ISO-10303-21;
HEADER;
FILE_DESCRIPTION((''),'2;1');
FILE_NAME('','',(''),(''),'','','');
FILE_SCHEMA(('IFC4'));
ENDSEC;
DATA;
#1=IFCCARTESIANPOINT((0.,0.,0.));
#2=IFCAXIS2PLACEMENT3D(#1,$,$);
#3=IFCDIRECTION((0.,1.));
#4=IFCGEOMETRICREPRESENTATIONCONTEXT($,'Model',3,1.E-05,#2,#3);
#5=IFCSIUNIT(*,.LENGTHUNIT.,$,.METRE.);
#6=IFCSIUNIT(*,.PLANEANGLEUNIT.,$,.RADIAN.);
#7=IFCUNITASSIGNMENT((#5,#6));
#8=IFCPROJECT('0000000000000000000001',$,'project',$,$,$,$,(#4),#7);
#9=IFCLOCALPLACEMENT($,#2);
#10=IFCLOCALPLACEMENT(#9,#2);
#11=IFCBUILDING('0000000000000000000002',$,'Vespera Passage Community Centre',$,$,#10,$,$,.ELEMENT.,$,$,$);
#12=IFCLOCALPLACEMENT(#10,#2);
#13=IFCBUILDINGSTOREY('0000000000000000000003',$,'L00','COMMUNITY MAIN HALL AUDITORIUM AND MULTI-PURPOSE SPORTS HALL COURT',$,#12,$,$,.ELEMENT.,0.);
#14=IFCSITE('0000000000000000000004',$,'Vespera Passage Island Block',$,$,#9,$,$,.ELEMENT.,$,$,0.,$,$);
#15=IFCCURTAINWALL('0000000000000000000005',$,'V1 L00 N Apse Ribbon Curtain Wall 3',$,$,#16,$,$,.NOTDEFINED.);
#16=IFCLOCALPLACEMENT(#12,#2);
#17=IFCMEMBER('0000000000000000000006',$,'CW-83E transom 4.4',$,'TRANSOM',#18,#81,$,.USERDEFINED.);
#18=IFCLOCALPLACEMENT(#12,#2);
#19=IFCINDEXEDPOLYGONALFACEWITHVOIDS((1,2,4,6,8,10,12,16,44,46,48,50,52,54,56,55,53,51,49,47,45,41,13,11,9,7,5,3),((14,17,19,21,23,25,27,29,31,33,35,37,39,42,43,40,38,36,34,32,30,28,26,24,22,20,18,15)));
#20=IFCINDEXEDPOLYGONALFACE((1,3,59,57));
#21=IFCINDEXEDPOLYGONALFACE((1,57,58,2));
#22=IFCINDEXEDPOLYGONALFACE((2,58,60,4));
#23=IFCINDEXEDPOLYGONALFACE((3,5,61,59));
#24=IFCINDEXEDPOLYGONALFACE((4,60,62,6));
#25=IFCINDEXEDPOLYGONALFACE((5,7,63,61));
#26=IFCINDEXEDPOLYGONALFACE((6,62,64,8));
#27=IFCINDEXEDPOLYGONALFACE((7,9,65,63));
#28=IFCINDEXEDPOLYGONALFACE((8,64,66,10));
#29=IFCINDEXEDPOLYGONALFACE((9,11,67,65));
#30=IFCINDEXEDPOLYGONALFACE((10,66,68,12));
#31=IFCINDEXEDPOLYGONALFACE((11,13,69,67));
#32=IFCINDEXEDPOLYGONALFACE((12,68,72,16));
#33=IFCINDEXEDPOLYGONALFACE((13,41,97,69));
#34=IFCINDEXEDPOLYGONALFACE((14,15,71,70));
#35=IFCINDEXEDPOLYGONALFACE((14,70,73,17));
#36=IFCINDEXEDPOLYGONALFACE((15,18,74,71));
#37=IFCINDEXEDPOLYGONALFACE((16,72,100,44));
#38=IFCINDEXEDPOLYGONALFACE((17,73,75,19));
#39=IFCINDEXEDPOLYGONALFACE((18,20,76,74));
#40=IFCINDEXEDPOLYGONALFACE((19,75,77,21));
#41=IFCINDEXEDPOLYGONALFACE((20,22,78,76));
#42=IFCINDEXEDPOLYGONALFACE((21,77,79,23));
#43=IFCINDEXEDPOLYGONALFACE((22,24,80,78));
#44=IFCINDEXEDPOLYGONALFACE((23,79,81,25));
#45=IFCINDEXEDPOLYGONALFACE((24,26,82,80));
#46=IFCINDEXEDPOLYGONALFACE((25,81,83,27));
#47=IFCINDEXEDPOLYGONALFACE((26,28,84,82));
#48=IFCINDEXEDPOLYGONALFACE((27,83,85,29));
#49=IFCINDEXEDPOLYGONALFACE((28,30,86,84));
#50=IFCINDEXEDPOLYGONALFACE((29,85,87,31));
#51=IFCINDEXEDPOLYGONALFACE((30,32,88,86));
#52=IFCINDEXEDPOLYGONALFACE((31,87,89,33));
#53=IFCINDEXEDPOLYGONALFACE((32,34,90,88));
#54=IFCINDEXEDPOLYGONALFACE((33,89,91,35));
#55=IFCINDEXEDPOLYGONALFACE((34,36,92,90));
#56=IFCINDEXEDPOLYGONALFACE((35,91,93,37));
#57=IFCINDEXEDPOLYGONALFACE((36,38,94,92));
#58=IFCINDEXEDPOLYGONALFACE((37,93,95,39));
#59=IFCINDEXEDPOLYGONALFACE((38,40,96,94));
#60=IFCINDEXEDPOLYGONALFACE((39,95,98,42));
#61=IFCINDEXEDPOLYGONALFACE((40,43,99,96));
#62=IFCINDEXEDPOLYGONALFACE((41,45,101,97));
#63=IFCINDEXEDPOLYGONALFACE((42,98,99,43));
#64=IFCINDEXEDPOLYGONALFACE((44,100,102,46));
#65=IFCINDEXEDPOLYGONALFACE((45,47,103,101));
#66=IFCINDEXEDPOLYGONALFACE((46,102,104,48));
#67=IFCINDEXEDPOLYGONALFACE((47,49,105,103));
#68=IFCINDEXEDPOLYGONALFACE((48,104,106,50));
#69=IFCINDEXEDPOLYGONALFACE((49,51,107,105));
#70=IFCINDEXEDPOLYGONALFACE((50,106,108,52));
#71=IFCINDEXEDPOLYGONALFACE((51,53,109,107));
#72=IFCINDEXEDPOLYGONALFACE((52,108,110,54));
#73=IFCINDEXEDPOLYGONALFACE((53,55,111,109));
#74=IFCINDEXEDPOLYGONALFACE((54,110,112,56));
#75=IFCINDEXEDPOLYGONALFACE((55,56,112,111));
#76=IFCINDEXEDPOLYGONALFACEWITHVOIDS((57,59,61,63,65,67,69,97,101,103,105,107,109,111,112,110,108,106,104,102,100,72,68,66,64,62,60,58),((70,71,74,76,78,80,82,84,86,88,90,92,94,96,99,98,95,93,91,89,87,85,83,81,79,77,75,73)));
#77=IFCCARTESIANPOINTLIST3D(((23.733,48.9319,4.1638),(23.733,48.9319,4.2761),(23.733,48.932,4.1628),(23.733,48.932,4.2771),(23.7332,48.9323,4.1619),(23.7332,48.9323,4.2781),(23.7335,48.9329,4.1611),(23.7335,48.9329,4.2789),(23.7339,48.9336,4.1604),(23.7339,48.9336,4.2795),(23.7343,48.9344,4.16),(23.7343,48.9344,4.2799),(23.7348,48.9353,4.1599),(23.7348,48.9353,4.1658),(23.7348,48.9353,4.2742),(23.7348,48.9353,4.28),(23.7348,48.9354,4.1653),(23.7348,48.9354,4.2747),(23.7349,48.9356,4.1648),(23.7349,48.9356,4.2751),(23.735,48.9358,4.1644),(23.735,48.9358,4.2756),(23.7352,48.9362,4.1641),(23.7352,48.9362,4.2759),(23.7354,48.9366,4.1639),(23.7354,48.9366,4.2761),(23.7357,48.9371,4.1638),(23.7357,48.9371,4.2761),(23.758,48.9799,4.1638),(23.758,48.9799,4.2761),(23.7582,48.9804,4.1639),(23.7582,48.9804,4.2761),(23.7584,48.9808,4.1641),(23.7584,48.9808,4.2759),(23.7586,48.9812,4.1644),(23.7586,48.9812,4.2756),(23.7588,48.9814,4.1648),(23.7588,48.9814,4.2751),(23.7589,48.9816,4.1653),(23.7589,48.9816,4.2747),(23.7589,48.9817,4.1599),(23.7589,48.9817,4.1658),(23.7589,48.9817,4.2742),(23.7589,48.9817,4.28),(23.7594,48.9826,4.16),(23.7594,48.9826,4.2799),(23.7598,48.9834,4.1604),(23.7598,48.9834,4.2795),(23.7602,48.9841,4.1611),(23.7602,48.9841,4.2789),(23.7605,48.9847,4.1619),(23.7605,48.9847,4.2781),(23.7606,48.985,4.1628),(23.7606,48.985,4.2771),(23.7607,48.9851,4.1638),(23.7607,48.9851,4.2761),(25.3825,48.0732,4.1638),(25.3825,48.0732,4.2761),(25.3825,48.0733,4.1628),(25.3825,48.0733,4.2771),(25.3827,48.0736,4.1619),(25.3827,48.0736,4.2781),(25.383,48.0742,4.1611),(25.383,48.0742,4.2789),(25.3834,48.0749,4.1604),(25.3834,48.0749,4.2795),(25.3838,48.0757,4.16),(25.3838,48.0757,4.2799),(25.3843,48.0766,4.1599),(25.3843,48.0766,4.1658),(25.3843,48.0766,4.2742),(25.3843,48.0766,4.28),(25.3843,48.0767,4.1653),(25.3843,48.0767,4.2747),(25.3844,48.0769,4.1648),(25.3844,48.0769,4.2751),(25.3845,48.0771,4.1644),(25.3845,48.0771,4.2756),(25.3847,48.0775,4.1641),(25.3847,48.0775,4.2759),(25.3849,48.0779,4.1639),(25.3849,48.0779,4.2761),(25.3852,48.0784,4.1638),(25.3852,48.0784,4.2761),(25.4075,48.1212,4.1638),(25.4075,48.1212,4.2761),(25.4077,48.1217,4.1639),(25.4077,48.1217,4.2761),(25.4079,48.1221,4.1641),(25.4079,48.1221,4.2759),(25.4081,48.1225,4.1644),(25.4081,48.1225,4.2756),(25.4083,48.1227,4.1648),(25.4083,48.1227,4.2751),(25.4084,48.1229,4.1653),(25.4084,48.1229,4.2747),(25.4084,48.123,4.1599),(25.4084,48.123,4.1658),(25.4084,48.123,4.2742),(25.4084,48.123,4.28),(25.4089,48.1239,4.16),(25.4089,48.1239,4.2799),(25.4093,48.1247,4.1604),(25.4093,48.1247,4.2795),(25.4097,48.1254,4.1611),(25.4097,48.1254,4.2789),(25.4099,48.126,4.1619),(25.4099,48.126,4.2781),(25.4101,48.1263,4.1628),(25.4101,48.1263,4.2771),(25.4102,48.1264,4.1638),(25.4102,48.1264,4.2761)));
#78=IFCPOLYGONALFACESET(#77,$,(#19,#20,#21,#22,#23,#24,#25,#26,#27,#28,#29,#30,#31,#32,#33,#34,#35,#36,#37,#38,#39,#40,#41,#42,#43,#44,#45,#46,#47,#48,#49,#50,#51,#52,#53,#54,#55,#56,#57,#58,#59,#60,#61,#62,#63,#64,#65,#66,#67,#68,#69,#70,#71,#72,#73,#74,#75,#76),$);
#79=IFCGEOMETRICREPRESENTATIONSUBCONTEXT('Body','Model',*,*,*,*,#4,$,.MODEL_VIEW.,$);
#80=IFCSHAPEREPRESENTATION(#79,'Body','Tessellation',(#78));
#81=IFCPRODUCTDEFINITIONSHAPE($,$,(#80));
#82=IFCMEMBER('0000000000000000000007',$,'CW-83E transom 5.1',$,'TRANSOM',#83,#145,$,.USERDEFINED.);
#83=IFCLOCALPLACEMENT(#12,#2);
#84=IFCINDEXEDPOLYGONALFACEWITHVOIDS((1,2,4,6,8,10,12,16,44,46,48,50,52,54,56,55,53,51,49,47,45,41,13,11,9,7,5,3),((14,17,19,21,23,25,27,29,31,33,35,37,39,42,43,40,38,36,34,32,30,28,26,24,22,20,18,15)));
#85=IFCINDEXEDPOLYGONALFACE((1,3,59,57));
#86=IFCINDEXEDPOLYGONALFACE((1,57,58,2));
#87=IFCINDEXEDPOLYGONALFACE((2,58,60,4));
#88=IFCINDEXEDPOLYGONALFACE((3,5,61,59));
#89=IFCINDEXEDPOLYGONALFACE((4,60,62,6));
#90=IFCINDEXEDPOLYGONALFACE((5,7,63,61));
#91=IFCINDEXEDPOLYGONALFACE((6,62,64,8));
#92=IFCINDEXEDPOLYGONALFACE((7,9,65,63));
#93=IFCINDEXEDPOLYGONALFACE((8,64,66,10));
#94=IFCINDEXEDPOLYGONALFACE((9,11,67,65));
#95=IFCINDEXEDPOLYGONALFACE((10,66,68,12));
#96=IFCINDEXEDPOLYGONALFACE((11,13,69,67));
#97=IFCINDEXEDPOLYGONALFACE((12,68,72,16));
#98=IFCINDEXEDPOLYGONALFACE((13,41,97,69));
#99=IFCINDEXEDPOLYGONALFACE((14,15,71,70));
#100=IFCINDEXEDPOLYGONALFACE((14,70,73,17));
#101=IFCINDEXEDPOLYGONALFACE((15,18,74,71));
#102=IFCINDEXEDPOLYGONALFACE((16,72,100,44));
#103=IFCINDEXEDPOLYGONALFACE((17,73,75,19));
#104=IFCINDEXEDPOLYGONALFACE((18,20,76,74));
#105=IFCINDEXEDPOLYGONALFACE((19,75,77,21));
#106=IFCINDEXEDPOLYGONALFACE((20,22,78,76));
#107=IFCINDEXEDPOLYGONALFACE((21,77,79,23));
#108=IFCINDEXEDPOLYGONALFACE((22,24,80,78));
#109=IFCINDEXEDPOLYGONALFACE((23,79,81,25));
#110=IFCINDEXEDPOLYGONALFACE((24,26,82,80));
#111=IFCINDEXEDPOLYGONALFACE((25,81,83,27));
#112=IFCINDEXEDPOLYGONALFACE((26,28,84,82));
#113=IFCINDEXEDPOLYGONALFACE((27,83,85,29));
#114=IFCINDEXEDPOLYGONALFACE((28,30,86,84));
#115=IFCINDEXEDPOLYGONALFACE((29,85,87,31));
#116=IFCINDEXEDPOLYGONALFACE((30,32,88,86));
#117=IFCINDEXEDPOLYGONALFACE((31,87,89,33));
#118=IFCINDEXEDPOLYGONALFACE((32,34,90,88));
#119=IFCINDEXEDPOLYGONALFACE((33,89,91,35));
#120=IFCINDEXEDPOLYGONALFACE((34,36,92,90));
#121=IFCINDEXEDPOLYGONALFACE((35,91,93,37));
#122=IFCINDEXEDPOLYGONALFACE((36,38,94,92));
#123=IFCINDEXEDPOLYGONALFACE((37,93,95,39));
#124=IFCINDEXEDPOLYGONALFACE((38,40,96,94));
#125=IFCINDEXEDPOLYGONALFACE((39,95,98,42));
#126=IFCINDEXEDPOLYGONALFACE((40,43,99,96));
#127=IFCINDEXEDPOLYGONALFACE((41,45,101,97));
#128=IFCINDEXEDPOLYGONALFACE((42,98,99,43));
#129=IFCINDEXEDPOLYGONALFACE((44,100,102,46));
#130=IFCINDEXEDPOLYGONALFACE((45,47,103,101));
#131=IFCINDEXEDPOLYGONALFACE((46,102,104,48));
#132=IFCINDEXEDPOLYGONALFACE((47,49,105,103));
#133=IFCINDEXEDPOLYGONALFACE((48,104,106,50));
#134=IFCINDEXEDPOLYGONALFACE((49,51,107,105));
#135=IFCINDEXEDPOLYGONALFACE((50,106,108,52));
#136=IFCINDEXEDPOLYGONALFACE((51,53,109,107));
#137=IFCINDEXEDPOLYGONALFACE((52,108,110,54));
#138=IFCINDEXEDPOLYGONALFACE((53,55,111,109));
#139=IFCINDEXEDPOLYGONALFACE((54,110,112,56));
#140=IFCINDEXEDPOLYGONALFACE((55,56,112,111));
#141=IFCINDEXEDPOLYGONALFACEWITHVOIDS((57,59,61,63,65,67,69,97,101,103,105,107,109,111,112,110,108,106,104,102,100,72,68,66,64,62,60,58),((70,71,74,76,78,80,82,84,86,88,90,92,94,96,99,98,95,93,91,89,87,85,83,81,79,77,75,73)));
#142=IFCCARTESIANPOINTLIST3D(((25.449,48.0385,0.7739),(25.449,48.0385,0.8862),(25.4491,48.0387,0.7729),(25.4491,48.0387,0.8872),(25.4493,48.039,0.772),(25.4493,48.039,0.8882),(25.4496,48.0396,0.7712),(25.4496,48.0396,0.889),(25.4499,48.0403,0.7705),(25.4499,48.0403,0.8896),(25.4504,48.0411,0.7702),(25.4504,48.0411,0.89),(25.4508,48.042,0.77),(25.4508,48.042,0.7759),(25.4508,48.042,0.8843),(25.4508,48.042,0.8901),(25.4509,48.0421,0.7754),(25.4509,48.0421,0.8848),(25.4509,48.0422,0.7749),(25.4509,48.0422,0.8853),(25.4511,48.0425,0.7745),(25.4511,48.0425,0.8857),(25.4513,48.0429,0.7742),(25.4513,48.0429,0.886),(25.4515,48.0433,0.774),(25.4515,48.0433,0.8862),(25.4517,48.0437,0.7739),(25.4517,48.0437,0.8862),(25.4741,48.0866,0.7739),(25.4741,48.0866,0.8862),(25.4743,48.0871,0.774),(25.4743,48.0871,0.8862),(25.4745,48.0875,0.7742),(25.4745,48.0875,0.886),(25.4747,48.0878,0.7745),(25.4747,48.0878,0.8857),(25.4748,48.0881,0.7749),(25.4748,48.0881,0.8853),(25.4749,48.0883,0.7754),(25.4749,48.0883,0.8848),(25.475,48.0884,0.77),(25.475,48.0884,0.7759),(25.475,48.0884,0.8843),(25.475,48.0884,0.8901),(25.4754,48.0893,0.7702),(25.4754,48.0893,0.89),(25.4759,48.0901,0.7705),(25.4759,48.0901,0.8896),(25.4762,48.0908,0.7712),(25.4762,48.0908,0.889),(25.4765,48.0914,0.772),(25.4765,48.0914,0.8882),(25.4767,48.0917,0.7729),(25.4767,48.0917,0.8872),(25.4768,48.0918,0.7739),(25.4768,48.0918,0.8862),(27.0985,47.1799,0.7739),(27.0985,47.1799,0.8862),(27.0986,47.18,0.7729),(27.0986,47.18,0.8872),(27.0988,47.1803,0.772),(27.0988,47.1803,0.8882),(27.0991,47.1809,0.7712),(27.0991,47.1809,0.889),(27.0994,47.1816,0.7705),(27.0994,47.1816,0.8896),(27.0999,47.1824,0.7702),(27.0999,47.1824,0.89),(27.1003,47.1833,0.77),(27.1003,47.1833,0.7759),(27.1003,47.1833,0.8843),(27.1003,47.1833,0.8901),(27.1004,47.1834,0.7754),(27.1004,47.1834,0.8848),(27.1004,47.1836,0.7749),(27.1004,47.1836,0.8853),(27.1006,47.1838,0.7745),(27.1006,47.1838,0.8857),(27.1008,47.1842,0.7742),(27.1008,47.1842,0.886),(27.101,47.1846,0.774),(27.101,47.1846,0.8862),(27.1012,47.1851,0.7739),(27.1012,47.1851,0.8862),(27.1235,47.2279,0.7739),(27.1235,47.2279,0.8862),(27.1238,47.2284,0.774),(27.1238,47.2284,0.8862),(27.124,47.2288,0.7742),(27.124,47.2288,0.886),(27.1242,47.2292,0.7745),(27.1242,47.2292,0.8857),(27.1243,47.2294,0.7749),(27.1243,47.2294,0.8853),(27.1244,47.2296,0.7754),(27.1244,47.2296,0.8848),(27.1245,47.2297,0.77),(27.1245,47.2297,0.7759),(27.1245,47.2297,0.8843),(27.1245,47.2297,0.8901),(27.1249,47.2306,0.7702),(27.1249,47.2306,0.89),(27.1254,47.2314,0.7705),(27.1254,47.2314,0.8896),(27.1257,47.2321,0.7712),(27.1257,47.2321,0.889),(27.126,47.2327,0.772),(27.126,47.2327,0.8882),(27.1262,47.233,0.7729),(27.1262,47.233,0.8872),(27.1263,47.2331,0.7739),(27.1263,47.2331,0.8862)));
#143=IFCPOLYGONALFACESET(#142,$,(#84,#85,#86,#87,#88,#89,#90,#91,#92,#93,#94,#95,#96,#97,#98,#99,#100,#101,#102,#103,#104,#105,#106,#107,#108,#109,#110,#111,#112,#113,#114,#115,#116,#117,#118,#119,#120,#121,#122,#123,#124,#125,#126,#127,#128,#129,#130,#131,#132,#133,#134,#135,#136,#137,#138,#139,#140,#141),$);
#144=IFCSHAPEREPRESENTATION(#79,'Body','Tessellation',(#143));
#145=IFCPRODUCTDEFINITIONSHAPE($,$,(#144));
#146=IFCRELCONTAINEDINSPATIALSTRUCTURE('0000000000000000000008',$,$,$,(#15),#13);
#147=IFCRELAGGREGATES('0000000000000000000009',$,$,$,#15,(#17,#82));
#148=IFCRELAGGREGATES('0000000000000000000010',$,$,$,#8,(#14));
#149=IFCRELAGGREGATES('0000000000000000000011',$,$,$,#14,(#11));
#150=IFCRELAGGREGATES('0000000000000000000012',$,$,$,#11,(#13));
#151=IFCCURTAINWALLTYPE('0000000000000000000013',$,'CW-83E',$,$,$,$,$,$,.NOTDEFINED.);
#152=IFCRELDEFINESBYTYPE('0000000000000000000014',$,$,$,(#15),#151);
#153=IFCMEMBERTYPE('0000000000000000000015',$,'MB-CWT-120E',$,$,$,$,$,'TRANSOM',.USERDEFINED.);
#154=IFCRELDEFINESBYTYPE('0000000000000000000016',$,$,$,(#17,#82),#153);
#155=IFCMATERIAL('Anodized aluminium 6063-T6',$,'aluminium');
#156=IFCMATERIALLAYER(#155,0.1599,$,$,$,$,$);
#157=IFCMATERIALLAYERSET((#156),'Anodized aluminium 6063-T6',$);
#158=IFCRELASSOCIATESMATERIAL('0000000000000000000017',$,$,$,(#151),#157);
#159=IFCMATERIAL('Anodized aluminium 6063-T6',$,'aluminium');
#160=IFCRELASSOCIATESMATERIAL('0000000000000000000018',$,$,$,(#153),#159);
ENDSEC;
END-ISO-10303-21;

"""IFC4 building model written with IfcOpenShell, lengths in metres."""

from ifc_helpers import new_model, si_unit, direction, frame, origin, origin_2d, place, context, subcontext, project, spatial, hollow_rectangle, extrude, material, layer, layer_set, material_profile, profile_set, type_object, element, aggregate, save


model = new_model("IFC4")

# Units and contexts
model_context = context("Model", 3, precision=1e-05, world=origin(), true_north=direction((0.0, 1.0)))
body_context = subcontext(model_context, "Body", "Model", "MODEL_VIEW")
ifc_project = project(units=[si_unit("LENGTHUNIT", "METRE"), si_unit("PLANEANGLEUNIT", "RADIAN")], contexts=[model_context])

# Site, building, storey
site_placement = place(None, origin())
site = spatial("IfcSite", under=ifc_project, at=site_placement, Name="Vespera Passage Island Block", CompositionType="ELEMENT", RefElevation=0.0)
building_placement = place(site_placement, origin())
building = spatial("IfcBuilding", under=site, at=building_placement, Name="Vespera Passage Community Centre", CompositionType="ELEMENT")
storey_placement = place(building_placement, origin())
storey = spatial("IfcBuildingStorey", under=building, at=storey_placement, Name="L00", Description="COMMUNITY MAIN HALL AUDITORIUM AND MULTI-PURPOSE SPORTS HALL COURT", CompositionType="ELEMENT", Elevation=0.0)

# Curtain wall, members
ifc_material_1 = material(Name="Anodized aluminium 6063-T6", Category="aluminium")
ifc_layer_1 = layer(ifc_material_1, 0.1599)
ifc_layer_set_1 = layer_set([ifc_layer_1], Name="Anodized aluminium 6063-T6")
curtain_wall_type = type_object("IfcCurtainWallType", Name="CW-83E", PredefinedType="NOTDEFINED", material=ifc_layer_set_1)
curtain_wall_placement = place(storey_placement, origin())
curtain_wall = element("IfcCurtainWall", 1, at=curtain_wall_placement, inside=storey, type_object=curtain_wall_type, Name="V1 L00 N Apse Ribbon Curtain Wall 3", PredefinedType="NOTDEFINED")
ifc_material_2 = material(Name="Anodized aluminium 6063-T6", Category="aluminium")
ifc_material_profile_1 = material_profile(ifc_material_2, hollow_rectangle(XDim=0.0601, YDim=0.1201, WallThickness=0.0039, InnerFilletRadius=0.002, OuterFilletRadius=0.0039, at=origin_2d()), Name="ALU120X60X4")
ifc_profile_set_1 = profile_set([ifc_material_profile_1], Name="Anodized aluminium 6063-T6")
member_type_1 = type_object("IfcMemberType", Name="MB-CWT-120E", ElementType="TRANSOM", PredefinedType="USERDEFINED", material=ifc_profile_set_1)
member_1_placement = place(storey_placement, frame((23.7468, 48.9585, 4.22), z_axis=(0.887008, -0.461754, 0.0), x_axis=(0.461754, 0.887008, 0.0)))
member_1 = element("IfcMember", 2, at=member_1_placement, type_object=member_type_1, Name="CW-83E transom 4.4", ObjectType="TRANSOM", PredefinedType="USERDEFINED", context=body_context, shape_type="SweptSolid", body=[
    extrude(hollow_rectangle(XDim=0.0601, YDim=0.1201, WallThickness=0.0039, InnerFilletRadius=0.002, OuterFilletRadius=0.0039, at=origin_2d()), origin(), (0.0, 0.0, 1.0), 1.8596),
])
member_2_placement = place(storey_placement, frame((25.4629, 48.0652, 0.8301), z_axis=(0.887008, -0.461754, 0.0), x_axis=(0.461754, 0.887008, 0.0)))
member_2 = element("IfcMember", 3, at=member_2_placement, type_object=member_type_1, Name="CW-83E transom 5.1", ObjectType="TRANSOM", PredefinedType="USERDEFINED", context=body_context, shape_type="SweptSolid", body=[
    extrude(hollow_rectangle(XDim=0.0601, YDim=0.1201, WallThickness=0.0039, InnerFilletRadius=0.002, OuterFilletRadius=0.0039, at=origin_2d()), origin(), (0.0, 0.0, 1.0), 1.8596),
])
aggregate(curtain_wall, [member_1, member_2])

save(model, "model.ifc")
